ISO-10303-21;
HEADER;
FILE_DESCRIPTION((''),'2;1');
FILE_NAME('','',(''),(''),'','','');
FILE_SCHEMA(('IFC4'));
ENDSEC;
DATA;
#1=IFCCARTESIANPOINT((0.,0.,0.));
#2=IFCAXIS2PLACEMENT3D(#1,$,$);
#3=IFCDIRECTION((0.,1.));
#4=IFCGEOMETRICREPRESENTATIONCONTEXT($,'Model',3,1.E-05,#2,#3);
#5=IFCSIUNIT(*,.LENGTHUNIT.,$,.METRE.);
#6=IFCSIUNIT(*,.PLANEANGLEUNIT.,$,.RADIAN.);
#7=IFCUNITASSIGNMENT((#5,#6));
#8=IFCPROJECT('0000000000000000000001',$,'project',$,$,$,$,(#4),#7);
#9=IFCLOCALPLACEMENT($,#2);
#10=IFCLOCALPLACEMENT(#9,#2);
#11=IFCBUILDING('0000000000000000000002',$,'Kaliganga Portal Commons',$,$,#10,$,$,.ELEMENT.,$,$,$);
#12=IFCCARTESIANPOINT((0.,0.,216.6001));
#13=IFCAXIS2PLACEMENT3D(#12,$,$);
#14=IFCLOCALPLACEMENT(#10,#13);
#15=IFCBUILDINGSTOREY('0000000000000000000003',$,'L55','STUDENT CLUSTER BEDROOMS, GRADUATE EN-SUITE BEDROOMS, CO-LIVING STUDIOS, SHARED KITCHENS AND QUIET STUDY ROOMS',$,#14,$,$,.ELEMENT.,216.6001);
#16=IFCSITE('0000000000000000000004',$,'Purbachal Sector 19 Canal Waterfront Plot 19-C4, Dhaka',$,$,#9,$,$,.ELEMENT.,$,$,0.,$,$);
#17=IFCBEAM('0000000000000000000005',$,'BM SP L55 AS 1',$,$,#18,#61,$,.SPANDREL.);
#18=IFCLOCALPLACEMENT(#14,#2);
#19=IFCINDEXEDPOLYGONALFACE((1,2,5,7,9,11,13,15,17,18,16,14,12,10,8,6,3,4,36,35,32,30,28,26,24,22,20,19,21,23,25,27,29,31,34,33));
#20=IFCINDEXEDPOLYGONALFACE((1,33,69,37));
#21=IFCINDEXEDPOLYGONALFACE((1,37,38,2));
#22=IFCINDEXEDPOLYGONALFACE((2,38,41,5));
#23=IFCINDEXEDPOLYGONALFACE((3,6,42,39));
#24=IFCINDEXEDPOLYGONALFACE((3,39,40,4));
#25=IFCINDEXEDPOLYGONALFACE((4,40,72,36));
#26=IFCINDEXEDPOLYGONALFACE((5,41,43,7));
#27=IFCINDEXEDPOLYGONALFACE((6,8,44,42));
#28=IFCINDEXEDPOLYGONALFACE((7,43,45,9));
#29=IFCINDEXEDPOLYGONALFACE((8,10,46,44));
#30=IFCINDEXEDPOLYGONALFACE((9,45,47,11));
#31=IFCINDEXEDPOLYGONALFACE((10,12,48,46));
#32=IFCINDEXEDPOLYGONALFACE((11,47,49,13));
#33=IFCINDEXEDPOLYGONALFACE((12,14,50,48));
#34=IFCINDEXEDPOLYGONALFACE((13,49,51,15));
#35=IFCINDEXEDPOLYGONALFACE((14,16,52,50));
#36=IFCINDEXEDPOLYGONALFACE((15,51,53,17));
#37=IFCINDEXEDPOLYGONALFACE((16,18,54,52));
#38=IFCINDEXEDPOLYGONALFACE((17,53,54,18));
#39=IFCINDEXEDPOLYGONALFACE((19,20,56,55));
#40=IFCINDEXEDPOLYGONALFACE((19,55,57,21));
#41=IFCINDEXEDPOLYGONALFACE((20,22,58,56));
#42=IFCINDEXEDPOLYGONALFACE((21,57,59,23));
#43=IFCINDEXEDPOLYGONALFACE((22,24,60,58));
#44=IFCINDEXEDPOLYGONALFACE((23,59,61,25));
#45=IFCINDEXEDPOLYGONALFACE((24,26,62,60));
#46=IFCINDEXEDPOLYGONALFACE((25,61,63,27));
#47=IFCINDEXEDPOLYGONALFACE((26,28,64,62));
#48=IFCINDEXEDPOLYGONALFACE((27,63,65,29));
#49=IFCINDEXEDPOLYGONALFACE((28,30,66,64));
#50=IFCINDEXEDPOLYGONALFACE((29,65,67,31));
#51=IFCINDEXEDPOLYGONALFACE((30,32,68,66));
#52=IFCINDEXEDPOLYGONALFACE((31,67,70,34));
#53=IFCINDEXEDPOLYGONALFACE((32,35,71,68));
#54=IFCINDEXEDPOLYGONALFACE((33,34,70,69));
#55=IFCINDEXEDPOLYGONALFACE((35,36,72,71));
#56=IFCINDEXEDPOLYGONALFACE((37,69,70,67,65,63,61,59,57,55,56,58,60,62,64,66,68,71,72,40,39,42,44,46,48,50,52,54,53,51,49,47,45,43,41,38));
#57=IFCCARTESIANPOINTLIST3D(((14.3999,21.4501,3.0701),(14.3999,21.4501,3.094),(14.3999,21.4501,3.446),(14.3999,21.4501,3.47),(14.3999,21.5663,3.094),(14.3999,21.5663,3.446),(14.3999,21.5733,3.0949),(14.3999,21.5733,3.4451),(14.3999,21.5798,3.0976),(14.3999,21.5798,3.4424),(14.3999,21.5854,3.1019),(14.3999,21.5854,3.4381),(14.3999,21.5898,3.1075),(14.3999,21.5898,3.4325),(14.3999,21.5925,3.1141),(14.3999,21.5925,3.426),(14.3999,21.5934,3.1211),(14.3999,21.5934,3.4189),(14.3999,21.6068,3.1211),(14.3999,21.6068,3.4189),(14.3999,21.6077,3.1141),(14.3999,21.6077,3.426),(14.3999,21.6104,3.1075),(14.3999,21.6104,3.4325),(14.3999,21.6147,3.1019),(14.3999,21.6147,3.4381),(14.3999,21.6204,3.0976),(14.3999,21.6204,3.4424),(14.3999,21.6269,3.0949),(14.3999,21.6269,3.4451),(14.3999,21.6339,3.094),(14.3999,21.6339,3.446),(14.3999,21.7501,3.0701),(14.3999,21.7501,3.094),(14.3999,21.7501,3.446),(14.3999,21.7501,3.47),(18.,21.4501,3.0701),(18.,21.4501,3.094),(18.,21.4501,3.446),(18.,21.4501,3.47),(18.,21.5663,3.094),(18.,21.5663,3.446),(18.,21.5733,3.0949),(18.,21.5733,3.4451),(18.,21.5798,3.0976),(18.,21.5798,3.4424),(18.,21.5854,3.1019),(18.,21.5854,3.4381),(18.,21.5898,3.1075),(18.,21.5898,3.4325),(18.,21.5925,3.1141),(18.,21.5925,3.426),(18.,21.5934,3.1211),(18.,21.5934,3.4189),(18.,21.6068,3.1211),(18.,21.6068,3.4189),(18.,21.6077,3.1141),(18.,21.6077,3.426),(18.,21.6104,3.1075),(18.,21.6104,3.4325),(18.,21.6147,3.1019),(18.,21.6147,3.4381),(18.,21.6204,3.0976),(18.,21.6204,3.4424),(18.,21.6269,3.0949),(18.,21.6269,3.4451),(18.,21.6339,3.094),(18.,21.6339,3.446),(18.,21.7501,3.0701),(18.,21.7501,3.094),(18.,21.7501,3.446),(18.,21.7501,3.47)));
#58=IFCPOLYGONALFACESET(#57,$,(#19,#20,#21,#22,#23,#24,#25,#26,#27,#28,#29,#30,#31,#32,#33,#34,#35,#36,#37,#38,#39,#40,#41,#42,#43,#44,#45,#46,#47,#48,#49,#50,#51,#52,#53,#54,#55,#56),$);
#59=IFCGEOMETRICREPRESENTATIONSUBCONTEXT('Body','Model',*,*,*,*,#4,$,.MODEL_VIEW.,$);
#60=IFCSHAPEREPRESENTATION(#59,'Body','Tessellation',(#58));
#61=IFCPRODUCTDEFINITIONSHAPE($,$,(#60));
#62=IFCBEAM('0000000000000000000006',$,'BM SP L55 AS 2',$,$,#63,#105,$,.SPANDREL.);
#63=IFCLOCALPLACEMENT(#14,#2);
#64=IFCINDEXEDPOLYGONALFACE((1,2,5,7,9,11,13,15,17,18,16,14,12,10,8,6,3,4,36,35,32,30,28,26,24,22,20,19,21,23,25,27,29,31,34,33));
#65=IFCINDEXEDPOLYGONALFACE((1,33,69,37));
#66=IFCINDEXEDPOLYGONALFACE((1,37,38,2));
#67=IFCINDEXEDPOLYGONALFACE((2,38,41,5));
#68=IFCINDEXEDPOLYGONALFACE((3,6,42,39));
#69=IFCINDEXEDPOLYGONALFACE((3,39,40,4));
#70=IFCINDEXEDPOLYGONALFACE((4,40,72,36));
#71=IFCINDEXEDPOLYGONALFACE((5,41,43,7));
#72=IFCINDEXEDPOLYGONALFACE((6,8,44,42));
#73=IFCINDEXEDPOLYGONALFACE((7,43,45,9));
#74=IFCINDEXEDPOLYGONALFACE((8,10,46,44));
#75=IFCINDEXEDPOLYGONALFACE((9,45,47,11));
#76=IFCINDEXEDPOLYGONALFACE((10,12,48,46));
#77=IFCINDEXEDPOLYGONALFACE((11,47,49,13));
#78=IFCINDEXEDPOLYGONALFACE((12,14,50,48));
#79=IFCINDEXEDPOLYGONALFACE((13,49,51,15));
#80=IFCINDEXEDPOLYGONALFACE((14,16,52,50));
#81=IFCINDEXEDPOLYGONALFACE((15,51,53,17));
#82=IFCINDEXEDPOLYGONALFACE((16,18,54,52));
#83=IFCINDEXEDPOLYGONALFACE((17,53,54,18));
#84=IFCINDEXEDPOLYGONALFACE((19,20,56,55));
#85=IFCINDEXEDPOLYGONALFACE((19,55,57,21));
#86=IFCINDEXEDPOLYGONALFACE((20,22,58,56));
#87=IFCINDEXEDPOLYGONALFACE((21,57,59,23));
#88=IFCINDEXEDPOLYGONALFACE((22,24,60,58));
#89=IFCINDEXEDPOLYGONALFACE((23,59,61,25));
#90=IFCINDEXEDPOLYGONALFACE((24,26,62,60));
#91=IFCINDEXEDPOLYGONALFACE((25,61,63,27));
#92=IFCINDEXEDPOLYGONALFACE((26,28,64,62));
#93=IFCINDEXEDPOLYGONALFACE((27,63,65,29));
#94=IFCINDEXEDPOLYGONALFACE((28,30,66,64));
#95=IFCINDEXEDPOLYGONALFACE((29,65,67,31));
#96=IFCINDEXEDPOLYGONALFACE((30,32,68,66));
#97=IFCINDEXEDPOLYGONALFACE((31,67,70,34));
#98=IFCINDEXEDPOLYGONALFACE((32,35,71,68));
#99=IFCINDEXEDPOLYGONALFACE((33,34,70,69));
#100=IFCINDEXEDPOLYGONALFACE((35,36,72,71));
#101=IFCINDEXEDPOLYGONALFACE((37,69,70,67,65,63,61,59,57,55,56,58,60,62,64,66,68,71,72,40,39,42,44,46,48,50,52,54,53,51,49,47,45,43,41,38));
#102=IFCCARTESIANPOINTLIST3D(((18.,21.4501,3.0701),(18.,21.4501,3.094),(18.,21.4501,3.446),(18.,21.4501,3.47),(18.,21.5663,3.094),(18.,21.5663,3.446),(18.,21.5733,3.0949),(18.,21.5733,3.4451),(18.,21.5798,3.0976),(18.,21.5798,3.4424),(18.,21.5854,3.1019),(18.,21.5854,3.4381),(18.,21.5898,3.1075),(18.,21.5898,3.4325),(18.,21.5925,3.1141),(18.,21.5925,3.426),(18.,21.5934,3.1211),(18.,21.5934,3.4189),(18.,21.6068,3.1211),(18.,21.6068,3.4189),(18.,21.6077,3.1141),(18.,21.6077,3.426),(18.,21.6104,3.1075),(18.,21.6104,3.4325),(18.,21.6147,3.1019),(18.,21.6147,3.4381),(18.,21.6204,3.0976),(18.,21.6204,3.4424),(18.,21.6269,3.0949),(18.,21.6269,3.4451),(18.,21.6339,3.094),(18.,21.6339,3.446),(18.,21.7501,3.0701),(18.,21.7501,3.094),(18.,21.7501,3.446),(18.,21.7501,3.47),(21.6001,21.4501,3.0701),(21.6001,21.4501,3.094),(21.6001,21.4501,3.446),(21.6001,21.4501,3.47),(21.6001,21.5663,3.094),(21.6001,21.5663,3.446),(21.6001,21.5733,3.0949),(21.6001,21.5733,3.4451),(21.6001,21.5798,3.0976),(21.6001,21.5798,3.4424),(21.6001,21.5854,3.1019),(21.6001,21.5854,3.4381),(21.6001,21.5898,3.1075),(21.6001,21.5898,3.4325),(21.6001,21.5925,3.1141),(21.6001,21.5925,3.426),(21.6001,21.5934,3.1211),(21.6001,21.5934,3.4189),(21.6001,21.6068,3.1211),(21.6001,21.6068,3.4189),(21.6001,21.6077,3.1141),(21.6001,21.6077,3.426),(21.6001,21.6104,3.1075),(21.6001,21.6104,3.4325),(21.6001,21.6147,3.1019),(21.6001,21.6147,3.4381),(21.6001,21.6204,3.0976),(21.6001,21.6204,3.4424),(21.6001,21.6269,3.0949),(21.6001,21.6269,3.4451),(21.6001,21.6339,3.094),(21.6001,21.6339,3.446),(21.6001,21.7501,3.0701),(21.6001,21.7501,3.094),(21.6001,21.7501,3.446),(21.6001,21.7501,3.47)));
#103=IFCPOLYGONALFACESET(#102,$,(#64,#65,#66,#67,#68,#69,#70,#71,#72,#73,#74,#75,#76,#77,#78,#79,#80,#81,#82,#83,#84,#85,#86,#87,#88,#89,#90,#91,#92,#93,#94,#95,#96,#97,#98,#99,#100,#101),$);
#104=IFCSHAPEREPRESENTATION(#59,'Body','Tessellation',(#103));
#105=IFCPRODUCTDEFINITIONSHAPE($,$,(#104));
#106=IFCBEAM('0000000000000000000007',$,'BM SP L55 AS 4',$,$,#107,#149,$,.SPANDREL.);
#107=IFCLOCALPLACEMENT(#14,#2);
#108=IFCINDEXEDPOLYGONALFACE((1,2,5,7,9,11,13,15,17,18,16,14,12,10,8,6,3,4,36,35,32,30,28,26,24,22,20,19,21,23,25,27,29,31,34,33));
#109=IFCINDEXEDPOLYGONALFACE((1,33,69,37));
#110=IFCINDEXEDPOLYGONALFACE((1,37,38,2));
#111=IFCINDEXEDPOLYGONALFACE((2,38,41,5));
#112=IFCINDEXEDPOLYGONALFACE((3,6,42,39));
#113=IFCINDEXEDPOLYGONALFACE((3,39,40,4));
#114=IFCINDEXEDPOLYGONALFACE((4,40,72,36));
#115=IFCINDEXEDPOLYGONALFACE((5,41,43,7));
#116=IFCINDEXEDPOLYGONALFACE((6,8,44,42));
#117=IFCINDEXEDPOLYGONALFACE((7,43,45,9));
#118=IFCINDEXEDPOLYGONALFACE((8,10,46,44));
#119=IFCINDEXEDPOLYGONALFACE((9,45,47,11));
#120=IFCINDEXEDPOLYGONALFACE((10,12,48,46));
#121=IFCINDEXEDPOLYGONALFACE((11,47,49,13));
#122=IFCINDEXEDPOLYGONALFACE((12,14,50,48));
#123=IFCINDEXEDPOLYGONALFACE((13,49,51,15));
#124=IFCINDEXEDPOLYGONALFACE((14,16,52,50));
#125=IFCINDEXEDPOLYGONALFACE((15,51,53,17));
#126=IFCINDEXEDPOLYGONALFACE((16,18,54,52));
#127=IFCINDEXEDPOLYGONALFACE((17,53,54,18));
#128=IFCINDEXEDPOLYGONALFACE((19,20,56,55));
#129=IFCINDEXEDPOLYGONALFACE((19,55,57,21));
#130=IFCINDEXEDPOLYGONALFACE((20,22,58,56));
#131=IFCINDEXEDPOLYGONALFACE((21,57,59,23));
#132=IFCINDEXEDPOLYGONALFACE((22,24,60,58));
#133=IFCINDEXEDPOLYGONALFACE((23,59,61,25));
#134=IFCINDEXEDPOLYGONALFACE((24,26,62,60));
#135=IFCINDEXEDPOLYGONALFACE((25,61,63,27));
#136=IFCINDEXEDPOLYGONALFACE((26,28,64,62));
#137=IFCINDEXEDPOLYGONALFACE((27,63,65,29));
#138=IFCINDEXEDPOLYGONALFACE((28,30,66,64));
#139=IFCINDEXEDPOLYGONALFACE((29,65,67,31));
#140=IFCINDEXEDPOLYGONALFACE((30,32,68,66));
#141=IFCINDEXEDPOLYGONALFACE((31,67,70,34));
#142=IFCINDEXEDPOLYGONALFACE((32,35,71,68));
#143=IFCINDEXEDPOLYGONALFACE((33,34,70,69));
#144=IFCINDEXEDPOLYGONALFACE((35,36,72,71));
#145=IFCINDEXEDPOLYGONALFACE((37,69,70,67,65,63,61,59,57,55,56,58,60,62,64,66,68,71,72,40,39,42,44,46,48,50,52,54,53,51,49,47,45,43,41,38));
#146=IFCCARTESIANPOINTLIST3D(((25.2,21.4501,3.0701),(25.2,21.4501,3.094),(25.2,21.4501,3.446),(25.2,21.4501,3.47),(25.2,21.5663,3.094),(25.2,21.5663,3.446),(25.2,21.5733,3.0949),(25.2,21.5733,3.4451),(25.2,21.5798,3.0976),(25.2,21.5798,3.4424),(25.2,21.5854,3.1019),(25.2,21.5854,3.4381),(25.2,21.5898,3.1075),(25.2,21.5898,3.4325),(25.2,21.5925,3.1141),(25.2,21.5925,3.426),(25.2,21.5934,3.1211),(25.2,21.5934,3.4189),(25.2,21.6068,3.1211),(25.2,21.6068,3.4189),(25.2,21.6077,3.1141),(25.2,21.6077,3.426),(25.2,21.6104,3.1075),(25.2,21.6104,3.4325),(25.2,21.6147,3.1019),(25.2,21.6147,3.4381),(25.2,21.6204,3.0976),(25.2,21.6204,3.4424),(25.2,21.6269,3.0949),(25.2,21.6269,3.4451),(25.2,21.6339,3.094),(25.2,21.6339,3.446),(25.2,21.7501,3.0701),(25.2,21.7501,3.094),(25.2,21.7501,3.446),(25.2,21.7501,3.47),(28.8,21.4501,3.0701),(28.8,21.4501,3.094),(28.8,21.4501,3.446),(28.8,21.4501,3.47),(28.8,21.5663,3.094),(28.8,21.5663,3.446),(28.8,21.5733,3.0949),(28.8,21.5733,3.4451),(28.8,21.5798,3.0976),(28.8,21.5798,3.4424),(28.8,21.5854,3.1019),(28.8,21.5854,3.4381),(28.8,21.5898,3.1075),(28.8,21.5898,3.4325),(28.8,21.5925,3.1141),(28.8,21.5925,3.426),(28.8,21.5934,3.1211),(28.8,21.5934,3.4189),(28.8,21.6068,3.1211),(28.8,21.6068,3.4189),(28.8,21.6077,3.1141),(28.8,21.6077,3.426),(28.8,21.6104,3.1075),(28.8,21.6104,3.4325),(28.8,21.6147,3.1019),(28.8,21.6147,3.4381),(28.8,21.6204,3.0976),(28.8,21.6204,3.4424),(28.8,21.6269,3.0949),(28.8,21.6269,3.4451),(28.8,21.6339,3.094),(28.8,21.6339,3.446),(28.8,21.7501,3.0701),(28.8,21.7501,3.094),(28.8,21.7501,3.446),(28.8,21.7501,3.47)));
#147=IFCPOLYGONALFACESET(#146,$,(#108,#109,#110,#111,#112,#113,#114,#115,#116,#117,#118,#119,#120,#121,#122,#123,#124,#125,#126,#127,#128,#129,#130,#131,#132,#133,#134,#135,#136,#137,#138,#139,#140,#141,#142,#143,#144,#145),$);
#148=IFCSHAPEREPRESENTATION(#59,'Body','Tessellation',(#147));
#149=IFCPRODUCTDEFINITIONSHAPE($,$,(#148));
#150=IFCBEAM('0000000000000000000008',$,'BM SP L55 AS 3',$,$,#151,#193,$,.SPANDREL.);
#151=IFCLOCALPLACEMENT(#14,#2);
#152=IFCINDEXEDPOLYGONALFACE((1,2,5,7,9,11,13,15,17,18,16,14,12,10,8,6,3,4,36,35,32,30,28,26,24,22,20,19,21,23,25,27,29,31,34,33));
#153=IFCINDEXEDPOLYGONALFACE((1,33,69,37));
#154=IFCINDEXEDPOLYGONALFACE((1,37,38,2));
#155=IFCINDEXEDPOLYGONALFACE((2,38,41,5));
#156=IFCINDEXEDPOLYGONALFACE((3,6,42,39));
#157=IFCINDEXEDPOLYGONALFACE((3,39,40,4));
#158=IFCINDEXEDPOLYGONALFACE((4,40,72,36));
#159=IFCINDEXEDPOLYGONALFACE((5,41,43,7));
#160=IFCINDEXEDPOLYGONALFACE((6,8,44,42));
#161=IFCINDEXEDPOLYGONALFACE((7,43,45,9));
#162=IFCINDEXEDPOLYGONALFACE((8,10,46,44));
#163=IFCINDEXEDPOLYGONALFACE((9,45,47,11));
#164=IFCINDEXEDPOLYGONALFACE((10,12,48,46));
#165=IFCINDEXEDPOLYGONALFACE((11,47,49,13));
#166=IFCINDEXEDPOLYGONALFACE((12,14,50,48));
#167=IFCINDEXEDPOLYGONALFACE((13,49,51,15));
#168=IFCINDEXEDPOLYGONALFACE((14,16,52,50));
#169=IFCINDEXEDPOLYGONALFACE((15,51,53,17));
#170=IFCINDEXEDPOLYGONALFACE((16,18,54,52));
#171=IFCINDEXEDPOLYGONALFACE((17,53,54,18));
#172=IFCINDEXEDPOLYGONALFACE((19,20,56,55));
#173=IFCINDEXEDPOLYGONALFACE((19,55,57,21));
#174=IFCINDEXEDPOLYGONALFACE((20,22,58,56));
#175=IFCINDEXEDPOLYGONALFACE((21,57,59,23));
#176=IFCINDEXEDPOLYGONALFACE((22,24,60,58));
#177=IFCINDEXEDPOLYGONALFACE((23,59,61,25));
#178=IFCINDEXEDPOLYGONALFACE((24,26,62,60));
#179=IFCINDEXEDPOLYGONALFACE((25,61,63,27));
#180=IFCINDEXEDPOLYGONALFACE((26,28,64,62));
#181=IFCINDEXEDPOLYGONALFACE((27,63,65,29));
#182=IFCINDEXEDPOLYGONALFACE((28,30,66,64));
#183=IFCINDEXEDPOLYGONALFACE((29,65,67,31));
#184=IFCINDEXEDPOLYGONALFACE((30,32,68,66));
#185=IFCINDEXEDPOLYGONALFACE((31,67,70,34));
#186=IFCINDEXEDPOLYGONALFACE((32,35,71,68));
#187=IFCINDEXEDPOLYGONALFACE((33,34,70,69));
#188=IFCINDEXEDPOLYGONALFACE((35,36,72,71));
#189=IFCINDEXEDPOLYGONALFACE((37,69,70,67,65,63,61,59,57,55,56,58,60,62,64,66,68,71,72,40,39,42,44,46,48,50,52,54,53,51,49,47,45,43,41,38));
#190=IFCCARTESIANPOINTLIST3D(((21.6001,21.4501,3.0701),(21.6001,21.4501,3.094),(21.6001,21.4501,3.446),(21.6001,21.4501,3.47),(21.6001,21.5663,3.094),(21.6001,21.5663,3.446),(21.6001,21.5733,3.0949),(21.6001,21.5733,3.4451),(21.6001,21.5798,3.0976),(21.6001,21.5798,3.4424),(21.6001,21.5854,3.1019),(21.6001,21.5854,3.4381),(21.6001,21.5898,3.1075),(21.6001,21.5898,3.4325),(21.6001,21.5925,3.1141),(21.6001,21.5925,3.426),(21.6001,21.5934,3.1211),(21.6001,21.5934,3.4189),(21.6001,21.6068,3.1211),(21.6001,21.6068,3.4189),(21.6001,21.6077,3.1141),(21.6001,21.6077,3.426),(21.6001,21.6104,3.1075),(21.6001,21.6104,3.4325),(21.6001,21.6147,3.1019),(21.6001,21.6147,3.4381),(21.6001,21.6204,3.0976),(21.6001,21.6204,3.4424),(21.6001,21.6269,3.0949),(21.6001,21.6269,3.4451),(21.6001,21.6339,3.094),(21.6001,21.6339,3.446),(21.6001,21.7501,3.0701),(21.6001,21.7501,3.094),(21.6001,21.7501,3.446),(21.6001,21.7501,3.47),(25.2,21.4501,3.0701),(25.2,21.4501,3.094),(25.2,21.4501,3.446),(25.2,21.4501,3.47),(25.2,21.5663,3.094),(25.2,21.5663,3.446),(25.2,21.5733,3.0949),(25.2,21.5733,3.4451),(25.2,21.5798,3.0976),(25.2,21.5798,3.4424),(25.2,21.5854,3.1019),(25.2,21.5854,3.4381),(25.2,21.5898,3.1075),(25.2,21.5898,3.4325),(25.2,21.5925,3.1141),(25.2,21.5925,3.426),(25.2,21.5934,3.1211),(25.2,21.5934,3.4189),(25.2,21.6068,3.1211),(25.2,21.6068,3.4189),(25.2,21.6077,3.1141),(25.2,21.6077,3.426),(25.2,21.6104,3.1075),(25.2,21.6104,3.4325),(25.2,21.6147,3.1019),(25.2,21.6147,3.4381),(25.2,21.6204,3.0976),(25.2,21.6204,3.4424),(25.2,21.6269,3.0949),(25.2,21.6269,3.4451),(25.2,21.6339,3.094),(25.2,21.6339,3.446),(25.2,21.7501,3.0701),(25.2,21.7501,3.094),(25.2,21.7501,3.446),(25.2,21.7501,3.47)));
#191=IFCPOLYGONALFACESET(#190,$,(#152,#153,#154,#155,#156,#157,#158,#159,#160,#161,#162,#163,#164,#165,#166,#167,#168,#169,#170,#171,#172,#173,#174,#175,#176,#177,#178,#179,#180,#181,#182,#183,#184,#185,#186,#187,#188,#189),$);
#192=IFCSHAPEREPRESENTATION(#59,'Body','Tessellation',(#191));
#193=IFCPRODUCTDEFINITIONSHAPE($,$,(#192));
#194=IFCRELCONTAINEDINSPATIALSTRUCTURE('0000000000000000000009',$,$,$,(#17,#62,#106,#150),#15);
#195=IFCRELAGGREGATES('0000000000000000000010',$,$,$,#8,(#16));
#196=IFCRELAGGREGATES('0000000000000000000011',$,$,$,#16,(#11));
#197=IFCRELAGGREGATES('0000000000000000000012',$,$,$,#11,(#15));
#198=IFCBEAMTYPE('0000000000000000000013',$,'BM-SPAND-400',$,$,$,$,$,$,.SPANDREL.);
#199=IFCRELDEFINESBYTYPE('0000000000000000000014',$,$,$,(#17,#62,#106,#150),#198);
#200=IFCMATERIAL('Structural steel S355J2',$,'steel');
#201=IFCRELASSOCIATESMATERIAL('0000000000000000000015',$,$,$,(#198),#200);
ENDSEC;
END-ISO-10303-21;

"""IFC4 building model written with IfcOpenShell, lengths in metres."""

from ifc_helpers import new_model, si_unit, direction, frame, origin, origin_2d, place, context, subcontext, project, spatial, i_section, extrude, source, transform, mapped, material, material_profile, profile_set, type_object, element, save


model = new_model("IFC4")

# Units and contexts
model_context = context("Model", 3, precision=1e-05, world=origin(), true_north=direction((0.0, 1.0)))
body_context = subcontext(model_context, "Body", "Model", "MODEL_VIEW")
ifc_project = project(units=[si_unit("LENGTHUNIT", "METRE"), si_unit("PLANEANGLEUNIT", "RADIAN")], contexts=[model_context])

# Site, building, storey
site_placement = place(None, origin())
site = spatial("IfcSite", under=ifc_project, at=site_placement, Name="Purbachal Sector 19 Canal Waterfront Plot 19-C4, Dhaka", CompositionType="ELEMENT", RefElevation=0.0)
building_placement = place(site_placement, origin())
building = spatial("IfcBuilding", under=site, at=building_placement, Name="Kaliganga Portal Commons", CompositionType="ELEMENT")
storey_placement = place(building_placement, frame((0.0, 0.0, 216.6001)))
storey = spatial("IfcBuildingStorey", under=building, at=storey_placement, Name="L55", Description="STUDENT CLUSTER BEDROOMS, GRADUATE EN-SUITE BEDROOMS, CO-LIVING STUDIOS, SHARED KITCHENS AND QUIET STUDY ROOMS", CompositionType="ELEMENT", Elevation=216.6001)

# Shared definitions
ifc_material_1 = material(Name="Structural steel S355J2", Category="steel")

# Beams
ifc_material_profile_1 = material_profile(ifc_material_1, i_section(OverallWidth=0.3, OverallDepth=0.3999, WebThickness=0.0134, FlangeThickness=0.0239, FilletRadius=0.0271, at=origin_2d()), Name="HE 400 B")
ifc_profile_set_1 = profile_set([ifc_material_profile_1], Name="Structural steel S355J2 wide-flange")
beam_type_1 = type_object("IfcBeamType", Name="BM-SPAND-400", PredefinedType="SPANDREL", material=ifc_profile_set_1)
shared_shape_1 = source(origin(), body_context, "Body", "SweptSolid", [
    extrude(i_section(OverallWidth=0.3, OverallDepth=0.3999, WebThickness=0.0134, FlangeThickness=0.0239, FilletRadius=0.0271, at=origin_2d()), origin(), (0.0, 0.0, 1.0), 3.6001),
])
for number, where, z_axis, x_axis, name in (
    (1, (14.3999, 21.6001, 3.27), (1.0, 0.0, 0.0), (0.0, 1.0, 0.0), "BM SP L55 AS 1"),
    (2, (18.0, 21.6001, 3.27), (1.0, 0.0, 0.0), (0.0, 1.0, 0.0), "BM SP L55 AS 2"),
    (3, (25.2, 21.6001, 3.27), (1.0, 0.0, 0.0), (0.0, 1.0, 0.0), "BM SP L55 AS 4"),
):
    element("IfcBeam", number, at=place(storey_placement, frame(where, z_axis=z_axis, x_axis=x_axis)), inside=storey, type_object=beam_type_1, Name=name, PredefinedType="SPANDREL", context=body_context, shape_type="MappedRepresentation", body=[
        mapped(shared_shape_1, transform((0.0, 0.0, 0.0), x_axis=(1.0, 0.0, 0.0), y_axis=(0.0, 1.0, 0.0), z_axis=(0.0, 0.0, 1.0), scale=1.0)),
    ])
shared_shape_2 = source(origin(), body_context, "Body", "SweptSolid", [
    extrude(i_section(OverallWidth=0.3, OverallDepth=0.3999, WebThickness=0.0134, FlangeThickness=0.0239, FilletRadius=0.0271, at=origin_2d()), origin(), (0.0, 0.0, 1.0), 3.5999),
])
beam_1_placement = place(storey_placement, frame((21.6001, 21.6001, 3.27), z_axis=(1.0, 0.0, 0.0), x_axis=(0.0, 1.0, 0.0)))
element("IfcBeam", 4, at=beam_1_placement, inside=storey, type_object=beam_type_1, Name="BM SP L55 AS 3", PredefinedType="SPANDREL", context=body_context, shape_type="MappedRepresentation", body=[
    mapped(shared_shape_2, transform((0.0, 0.0, 0.0), x_axis=(1.0, 0.0, 0.0), y_axis=(0.0, 1.0, 0.0), z_axis=(0.0, 0.0, 1.0), scale=1.0)),
])

save(model, "model.ifc")
